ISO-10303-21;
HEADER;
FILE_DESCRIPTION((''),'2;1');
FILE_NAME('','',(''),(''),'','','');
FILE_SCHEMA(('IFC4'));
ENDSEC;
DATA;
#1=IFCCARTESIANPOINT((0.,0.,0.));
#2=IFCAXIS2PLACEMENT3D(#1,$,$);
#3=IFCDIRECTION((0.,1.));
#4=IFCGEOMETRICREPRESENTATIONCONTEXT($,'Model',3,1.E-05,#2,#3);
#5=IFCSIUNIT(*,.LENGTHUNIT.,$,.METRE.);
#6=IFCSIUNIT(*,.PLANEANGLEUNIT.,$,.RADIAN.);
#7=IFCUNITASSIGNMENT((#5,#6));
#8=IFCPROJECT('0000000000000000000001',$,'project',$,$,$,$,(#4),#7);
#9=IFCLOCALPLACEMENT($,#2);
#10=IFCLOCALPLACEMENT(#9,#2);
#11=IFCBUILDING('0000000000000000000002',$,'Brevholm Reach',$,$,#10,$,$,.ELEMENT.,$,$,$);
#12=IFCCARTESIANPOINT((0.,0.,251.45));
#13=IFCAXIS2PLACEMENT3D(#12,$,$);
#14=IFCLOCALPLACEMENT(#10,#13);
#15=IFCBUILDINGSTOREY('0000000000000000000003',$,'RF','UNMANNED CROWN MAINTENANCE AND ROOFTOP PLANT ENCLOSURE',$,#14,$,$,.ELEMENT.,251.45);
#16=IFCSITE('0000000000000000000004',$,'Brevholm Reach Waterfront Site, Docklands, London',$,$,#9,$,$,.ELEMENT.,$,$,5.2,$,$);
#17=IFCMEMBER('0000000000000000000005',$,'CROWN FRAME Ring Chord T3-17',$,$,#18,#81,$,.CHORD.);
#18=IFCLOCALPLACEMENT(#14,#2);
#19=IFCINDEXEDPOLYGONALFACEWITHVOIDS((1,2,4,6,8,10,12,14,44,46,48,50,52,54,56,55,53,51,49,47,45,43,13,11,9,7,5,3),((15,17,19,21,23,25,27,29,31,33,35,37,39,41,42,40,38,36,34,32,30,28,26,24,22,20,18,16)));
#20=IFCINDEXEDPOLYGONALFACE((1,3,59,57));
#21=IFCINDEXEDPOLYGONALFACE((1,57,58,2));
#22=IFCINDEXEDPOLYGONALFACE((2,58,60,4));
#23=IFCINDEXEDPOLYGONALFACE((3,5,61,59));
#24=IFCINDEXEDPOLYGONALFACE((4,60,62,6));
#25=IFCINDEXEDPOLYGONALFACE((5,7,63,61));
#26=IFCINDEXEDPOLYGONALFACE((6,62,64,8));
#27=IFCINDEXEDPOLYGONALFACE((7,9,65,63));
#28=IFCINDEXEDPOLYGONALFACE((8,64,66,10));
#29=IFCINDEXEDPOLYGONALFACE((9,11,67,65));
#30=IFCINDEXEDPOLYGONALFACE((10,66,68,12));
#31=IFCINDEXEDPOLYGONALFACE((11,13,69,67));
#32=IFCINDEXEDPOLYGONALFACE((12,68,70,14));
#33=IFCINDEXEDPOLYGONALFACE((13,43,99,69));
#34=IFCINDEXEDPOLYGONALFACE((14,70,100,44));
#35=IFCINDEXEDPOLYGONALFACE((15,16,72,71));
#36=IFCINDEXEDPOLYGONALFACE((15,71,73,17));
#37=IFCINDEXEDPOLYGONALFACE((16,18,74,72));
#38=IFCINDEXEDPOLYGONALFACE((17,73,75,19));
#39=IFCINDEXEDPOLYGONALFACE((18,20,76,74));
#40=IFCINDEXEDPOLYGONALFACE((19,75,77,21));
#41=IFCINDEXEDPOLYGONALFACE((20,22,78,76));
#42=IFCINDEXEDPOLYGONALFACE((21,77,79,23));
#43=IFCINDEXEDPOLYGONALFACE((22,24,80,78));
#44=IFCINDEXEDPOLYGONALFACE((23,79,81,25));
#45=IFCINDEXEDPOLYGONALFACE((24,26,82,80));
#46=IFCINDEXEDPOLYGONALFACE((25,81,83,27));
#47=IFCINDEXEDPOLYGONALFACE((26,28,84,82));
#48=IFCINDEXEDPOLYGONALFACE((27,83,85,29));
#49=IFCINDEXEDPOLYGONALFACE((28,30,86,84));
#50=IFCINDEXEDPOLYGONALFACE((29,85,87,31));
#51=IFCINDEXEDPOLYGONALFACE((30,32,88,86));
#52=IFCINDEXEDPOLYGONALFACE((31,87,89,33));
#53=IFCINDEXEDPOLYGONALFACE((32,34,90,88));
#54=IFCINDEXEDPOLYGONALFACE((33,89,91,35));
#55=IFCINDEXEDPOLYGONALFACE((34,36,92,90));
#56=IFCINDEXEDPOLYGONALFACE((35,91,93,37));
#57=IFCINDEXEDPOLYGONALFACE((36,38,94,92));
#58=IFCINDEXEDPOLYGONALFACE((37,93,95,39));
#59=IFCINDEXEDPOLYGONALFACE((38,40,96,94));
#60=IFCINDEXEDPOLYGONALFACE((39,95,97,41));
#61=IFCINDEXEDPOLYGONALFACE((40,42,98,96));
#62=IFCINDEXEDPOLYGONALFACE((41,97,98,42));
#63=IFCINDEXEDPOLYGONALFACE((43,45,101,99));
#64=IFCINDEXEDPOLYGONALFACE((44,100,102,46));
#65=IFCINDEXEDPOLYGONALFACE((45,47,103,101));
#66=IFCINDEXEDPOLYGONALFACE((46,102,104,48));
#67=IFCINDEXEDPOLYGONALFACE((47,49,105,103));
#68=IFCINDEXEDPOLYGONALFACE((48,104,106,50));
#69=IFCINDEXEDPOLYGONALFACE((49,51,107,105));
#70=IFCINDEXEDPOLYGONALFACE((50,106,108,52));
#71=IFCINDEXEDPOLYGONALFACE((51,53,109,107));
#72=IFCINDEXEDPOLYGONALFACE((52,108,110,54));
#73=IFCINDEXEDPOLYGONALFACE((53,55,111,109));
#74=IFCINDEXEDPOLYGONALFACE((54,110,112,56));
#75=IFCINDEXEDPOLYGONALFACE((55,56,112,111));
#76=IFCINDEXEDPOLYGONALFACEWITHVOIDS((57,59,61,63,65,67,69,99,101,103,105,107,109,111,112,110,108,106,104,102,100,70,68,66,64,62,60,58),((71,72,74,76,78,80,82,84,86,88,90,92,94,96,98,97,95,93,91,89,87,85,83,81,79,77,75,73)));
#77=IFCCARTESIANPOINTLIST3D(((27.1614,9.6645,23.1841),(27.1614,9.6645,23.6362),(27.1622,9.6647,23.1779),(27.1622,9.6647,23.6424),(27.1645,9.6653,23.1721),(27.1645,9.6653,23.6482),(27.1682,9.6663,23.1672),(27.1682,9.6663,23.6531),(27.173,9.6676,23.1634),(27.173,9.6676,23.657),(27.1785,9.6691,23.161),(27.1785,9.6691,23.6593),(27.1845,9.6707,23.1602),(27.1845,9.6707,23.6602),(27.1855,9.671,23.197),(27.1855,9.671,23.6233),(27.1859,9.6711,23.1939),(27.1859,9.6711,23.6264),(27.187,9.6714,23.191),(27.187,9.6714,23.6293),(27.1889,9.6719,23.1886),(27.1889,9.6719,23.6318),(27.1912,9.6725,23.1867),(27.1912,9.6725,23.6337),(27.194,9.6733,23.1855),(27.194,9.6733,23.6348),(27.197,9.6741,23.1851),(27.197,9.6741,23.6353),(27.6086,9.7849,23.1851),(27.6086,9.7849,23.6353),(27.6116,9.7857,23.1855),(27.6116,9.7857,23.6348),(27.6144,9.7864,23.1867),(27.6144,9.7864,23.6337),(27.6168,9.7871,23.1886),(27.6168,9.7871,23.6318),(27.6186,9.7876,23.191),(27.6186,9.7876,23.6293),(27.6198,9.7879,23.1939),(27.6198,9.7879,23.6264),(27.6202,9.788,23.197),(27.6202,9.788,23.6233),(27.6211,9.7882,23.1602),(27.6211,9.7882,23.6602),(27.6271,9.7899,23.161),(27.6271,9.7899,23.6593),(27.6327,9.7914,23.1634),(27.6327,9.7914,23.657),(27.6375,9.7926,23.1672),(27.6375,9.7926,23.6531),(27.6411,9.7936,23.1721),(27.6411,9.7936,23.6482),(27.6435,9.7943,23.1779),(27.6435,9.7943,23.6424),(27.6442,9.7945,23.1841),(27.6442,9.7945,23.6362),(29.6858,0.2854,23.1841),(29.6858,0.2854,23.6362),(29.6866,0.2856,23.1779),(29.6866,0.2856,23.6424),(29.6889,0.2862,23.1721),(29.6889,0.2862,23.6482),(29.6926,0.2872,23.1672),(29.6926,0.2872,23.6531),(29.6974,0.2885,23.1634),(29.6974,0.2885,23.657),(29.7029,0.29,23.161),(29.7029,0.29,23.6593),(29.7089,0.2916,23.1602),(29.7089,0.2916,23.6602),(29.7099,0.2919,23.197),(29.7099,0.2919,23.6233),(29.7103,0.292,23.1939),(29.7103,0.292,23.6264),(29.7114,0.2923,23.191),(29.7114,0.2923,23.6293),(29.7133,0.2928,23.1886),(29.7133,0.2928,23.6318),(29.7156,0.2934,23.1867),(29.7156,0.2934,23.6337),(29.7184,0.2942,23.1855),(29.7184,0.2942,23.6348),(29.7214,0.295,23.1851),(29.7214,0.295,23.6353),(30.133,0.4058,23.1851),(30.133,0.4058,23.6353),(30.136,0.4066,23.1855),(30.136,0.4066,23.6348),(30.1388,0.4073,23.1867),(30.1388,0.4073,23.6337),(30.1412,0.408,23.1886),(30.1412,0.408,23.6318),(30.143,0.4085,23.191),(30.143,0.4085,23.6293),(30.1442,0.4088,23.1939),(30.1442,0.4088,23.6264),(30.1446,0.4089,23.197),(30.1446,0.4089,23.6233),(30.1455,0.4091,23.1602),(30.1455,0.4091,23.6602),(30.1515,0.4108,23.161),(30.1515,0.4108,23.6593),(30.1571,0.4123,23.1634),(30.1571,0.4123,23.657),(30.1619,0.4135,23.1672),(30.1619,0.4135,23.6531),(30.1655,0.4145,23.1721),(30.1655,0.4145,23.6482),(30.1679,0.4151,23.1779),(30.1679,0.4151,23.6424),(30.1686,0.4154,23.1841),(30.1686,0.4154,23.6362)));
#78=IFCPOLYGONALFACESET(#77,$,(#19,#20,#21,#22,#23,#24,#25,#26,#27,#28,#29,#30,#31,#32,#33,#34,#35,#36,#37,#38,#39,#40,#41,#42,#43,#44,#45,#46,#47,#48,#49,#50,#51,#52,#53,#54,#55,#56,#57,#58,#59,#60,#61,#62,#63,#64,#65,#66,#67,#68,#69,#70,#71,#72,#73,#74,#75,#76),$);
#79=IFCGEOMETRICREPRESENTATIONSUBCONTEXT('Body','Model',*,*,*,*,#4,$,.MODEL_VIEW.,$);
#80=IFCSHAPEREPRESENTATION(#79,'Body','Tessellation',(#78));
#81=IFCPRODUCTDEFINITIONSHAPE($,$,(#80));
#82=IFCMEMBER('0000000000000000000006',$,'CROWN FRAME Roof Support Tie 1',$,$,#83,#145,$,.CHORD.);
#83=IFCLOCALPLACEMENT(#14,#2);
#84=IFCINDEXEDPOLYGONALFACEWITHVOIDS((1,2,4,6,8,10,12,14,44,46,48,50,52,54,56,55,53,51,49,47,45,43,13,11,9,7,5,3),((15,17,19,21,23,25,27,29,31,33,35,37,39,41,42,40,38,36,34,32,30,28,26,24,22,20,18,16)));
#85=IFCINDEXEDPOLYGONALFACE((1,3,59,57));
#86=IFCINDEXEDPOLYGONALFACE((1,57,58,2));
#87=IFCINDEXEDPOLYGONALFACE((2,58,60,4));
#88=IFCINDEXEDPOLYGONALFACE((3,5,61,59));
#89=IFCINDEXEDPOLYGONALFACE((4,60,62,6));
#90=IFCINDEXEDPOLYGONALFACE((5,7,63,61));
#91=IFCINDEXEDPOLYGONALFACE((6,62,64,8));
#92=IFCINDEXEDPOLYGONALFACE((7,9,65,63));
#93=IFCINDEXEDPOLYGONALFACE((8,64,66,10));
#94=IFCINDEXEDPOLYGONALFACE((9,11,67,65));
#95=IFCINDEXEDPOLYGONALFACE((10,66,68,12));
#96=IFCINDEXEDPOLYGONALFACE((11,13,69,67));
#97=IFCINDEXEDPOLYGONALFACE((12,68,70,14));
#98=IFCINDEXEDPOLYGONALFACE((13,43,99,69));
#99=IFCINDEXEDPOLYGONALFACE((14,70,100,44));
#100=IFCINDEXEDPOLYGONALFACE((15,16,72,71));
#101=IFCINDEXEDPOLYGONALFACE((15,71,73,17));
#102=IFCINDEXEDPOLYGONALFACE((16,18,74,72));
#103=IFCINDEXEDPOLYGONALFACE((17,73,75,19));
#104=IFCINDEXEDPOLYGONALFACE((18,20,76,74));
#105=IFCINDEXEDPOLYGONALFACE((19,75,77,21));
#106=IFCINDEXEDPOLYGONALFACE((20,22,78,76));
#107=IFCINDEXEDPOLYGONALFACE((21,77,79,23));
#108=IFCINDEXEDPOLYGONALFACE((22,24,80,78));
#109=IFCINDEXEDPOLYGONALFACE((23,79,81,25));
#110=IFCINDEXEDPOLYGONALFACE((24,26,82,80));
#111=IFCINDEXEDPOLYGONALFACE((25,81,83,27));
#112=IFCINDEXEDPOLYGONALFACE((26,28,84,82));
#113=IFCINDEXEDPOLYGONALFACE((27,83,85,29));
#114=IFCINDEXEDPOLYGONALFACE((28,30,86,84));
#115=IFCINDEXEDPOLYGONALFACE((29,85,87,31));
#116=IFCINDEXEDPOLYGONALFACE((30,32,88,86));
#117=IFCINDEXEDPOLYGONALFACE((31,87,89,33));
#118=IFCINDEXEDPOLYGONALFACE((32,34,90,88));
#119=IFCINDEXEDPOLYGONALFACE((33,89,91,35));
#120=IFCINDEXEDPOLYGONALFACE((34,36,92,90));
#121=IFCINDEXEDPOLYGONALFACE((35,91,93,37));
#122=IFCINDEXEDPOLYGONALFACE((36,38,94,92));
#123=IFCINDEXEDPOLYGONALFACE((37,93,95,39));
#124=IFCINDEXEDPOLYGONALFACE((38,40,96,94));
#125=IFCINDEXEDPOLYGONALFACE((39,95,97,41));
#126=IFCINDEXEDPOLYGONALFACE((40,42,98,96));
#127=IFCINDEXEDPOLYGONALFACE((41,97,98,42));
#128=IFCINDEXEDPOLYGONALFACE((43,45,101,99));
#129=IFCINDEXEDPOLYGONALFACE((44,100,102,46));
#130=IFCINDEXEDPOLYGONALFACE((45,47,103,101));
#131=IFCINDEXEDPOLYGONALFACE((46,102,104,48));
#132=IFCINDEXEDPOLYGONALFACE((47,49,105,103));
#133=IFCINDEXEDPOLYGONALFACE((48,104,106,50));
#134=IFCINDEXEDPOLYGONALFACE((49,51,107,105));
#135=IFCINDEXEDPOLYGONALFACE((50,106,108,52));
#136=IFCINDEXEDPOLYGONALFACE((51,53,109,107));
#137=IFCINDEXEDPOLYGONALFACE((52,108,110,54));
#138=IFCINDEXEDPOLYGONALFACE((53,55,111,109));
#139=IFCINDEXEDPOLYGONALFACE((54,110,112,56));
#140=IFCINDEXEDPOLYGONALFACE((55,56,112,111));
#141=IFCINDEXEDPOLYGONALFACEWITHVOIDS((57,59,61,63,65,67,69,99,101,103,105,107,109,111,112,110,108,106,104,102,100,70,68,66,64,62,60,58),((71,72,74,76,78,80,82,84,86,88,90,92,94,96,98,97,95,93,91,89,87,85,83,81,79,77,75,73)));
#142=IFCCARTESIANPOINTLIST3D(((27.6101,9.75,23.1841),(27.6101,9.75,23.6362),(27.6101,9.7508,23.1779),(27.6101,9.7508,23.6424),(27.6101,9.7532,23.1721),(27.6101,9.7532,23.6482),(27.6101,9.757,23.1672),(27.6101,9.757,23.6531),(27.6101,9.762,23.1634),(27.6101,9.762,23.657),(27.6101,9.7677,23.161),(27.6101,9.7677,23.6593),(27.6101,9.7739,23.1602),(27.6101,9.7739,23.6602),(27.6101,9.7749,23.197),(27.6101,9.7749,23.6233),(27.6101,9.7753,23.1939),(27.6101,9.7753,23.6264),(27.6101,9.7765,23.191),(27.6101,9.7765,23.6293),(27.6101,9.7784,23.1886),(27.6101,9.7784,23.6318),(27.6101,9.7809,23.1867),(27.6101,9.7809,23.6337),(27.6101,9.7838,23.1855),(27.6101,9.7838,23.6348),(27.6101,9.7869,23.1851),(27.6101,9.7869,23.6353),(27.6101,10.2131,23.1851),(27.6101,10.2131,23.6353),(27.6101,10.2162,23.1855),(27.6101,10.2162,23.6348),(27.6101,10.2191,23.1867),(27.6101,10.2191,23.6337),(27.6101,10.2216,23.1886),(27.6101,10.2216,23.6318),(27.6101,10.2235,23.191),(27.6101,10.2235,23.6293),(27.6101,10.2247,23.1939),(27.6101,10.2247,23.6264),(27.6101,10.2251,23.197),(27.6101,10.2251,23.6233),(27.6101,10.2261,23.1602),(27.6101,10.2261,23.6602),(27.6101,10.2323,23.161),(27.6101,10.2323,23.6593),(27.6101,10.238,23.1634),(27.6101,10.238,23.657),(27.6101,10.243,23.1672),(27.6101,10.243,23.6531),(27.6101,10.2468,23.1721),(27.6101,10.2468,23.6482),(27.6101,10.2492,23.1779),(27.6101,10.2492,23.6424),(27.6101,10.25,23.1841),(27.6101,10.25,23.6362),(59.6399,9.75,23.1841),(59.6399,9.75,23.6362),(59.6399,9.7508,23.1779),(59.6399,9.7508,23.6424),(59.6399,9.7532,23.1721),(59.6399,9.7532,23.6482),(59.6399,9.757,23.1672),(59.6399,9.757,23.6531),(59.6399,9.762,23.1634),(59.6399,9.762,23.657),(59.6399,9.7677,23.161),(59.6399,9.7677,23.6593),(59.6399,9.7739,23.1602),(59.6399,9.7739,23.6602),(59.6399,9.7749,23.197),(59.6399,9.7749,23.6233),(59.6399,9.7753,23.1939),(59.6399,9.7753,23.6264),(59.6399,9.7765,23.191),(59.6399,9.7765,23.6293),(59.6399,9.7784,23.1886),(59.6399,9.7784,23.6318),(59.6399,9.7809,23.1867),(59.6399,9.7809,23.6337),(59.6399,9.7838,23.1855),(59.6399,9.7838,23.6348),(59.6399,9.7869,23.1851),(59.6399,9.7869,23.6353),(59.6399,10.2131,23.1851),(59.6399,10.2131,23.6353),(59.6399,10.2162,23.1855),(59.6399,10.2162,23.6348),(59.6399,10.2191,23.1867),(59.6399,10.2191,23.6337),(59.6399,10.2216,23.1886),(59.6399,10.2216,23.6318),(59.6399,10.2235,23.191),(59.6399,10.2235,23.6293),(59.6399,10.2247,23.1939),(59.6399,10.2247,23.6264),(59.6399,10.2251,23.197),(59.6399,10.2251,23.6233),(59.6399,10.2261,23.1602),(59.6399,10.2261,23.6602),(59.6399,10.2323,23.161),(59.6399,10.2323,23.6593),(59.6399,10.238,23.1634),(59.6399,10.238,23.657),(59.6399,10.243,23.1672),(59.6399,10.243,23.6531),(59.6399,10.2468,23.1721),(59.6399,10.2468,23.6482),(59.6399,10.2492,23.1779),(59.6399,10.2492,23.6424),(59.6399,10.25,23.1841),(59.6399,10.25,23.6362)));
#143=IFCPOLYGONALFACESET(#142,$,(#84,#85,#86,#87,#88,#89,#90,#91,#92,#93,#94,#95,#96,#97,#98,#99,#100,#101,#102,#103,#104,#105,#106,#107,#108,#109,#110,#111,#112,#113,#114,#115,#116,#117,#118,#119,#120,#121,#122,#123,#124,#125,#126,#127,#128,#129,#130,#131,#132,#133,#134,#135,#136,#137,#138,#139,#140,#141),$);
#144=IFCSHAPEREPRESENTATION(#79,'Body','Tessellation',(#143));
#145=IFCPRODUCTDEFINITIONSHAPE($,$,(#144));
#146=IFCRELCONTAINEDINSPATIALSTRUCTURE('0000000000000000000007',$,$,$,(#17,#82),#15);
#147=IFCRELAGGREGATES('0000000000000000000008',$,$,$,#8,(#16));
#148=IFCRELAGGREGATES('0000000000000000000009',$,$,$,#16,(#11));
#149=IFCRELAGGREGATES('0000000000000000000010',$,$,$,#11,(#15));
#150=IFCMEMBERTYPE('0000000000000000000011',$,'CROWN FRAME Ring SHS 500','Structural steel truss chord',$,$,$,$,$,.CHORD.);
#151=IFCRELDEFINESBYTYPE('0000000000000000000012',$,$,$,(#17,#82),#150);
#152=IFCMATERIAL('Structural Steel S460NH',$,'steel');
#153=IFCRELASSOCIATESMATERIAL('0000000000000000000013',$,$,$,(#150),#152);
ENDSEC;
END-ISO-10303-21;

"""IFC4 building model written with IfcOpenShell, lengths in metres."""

from ifc_helpers import new_model, si_unit, direction, frame, origin, origin_2d, place, context, subcontext, project, spatial, hollow_rectangle, extrude, material, material_profile, profile_set, type_object, element, save


model = new_model("IFC4")

# Units and contexts
model_context = context("Model", 3, precision=1e-05, world=origin(), true_north=direction((0.0, 1.0)))
body_context = subcontext(model_context, "Body", "Model", "MODEL_VIEW")
ifc_project = project(units=[si_unit("LENGTHUNIT", "METRE"), si_unit("PLANEANGLEUNIT", "RADIAN")], contexts=[model_context])

# Site, building, storey
site_placement = place(None, origin())
site = spatial("IfcSite", under=ifc_project, at=site_placement, Name="Brevholm Reach Waterfront Site, Docklands, London", CompositionType="ELEMENT", RefElevation=5.2)
building_placement = place(site_placement, origin())
building = spatial("IfcBuilding", under=site, at=building_placement, Name="Brevholm Reach", CompositionType="ELEMENT")
storey_placement = place(building_placement, frame((0.0, 0.0, 251.45)))
storey = spatial("IfcBuildingStorey", under=building, at=storey_placement, Name="RF", Description="UNMANNED CROWN MAINTENANCE AND ROOFTOP PLANT ENCLOSURE", CompositionType="ELEMENT", Elevation=251.45)

# Members
ifc_material_1 = material(Name="Structural Steel S460NH", Category="steel")
ifc_material_profile_1 = material_profile(ifc_material_1, hollow_rectangle(XDim=0.5, YDim=0.5, WallThickness=0.0249, InnerFilletRadius=0.012, OuterFilletRadius=0.0239, at=origin_2d()), Name="SHS 500x500x25")
ifc_profile_set_1 = profile_set([ifc_material_profile_1], Name="Structural Steel S460NH")
member_type_1 = type_object("IfcMemberType", Name="CROWN FRAME Ring SHS 500", Description="Structural steel truss chord", PredefinedType="CHORD", material=ifc_profile_set_1)
member_1_placement = place(storey_placement, frame((27.4028, 9.7295, 23.4102), z_axis=(0.259902, -0.965635, 0.0), x_axis=(0.965635, 0.259902, 0.0)))
element("IfcMember", 1, at=member_1_placement, inside=storey, type_object=member_type_1, Name="CROWN FRAME Ring Chord T3-17", PredefinedType="CHORD", context=body_context, shape_type="SweptSolid", body=[
    extrude(hollow_rectangle(XDim=0.5, YDim=0.5, WallThickness=0.0249, InnerFilletRadius=0.012, OuterFilletRadius=0.0239, at=origin_2d()), origin(), (0.0, 0.0, 1.0), 9.7129),
])
for number, where, z_axis, x_axis, name in (
    (2, (27.6101, 10.0, 23.4102), (1.0, 0.0, 0.0), (0.0, 1.0, 0.0), "CROWN FRAME Roof Support Tie 1"),
):
    element("IfcMember", number, at=place(storey_placement, frame(where, z_axis=z_axis, x_axis=x_axis)), inside=storey, type_object=member_type_1, Name=name, PredefinedType="CHORD", context=body_context, shape_type="SweptSolid", body=[
        extrude(hollow_rectangle(XDim=0.5, YDim=0.5, WallThickness=0.0249, InnerFilletRadius=0.012, OuterFilletRadius=0.0239, at=origin_2d()), origin(), (0.0, 0.0, 1.0), 32.0298),
    ])

save(model, "model.ifc")
